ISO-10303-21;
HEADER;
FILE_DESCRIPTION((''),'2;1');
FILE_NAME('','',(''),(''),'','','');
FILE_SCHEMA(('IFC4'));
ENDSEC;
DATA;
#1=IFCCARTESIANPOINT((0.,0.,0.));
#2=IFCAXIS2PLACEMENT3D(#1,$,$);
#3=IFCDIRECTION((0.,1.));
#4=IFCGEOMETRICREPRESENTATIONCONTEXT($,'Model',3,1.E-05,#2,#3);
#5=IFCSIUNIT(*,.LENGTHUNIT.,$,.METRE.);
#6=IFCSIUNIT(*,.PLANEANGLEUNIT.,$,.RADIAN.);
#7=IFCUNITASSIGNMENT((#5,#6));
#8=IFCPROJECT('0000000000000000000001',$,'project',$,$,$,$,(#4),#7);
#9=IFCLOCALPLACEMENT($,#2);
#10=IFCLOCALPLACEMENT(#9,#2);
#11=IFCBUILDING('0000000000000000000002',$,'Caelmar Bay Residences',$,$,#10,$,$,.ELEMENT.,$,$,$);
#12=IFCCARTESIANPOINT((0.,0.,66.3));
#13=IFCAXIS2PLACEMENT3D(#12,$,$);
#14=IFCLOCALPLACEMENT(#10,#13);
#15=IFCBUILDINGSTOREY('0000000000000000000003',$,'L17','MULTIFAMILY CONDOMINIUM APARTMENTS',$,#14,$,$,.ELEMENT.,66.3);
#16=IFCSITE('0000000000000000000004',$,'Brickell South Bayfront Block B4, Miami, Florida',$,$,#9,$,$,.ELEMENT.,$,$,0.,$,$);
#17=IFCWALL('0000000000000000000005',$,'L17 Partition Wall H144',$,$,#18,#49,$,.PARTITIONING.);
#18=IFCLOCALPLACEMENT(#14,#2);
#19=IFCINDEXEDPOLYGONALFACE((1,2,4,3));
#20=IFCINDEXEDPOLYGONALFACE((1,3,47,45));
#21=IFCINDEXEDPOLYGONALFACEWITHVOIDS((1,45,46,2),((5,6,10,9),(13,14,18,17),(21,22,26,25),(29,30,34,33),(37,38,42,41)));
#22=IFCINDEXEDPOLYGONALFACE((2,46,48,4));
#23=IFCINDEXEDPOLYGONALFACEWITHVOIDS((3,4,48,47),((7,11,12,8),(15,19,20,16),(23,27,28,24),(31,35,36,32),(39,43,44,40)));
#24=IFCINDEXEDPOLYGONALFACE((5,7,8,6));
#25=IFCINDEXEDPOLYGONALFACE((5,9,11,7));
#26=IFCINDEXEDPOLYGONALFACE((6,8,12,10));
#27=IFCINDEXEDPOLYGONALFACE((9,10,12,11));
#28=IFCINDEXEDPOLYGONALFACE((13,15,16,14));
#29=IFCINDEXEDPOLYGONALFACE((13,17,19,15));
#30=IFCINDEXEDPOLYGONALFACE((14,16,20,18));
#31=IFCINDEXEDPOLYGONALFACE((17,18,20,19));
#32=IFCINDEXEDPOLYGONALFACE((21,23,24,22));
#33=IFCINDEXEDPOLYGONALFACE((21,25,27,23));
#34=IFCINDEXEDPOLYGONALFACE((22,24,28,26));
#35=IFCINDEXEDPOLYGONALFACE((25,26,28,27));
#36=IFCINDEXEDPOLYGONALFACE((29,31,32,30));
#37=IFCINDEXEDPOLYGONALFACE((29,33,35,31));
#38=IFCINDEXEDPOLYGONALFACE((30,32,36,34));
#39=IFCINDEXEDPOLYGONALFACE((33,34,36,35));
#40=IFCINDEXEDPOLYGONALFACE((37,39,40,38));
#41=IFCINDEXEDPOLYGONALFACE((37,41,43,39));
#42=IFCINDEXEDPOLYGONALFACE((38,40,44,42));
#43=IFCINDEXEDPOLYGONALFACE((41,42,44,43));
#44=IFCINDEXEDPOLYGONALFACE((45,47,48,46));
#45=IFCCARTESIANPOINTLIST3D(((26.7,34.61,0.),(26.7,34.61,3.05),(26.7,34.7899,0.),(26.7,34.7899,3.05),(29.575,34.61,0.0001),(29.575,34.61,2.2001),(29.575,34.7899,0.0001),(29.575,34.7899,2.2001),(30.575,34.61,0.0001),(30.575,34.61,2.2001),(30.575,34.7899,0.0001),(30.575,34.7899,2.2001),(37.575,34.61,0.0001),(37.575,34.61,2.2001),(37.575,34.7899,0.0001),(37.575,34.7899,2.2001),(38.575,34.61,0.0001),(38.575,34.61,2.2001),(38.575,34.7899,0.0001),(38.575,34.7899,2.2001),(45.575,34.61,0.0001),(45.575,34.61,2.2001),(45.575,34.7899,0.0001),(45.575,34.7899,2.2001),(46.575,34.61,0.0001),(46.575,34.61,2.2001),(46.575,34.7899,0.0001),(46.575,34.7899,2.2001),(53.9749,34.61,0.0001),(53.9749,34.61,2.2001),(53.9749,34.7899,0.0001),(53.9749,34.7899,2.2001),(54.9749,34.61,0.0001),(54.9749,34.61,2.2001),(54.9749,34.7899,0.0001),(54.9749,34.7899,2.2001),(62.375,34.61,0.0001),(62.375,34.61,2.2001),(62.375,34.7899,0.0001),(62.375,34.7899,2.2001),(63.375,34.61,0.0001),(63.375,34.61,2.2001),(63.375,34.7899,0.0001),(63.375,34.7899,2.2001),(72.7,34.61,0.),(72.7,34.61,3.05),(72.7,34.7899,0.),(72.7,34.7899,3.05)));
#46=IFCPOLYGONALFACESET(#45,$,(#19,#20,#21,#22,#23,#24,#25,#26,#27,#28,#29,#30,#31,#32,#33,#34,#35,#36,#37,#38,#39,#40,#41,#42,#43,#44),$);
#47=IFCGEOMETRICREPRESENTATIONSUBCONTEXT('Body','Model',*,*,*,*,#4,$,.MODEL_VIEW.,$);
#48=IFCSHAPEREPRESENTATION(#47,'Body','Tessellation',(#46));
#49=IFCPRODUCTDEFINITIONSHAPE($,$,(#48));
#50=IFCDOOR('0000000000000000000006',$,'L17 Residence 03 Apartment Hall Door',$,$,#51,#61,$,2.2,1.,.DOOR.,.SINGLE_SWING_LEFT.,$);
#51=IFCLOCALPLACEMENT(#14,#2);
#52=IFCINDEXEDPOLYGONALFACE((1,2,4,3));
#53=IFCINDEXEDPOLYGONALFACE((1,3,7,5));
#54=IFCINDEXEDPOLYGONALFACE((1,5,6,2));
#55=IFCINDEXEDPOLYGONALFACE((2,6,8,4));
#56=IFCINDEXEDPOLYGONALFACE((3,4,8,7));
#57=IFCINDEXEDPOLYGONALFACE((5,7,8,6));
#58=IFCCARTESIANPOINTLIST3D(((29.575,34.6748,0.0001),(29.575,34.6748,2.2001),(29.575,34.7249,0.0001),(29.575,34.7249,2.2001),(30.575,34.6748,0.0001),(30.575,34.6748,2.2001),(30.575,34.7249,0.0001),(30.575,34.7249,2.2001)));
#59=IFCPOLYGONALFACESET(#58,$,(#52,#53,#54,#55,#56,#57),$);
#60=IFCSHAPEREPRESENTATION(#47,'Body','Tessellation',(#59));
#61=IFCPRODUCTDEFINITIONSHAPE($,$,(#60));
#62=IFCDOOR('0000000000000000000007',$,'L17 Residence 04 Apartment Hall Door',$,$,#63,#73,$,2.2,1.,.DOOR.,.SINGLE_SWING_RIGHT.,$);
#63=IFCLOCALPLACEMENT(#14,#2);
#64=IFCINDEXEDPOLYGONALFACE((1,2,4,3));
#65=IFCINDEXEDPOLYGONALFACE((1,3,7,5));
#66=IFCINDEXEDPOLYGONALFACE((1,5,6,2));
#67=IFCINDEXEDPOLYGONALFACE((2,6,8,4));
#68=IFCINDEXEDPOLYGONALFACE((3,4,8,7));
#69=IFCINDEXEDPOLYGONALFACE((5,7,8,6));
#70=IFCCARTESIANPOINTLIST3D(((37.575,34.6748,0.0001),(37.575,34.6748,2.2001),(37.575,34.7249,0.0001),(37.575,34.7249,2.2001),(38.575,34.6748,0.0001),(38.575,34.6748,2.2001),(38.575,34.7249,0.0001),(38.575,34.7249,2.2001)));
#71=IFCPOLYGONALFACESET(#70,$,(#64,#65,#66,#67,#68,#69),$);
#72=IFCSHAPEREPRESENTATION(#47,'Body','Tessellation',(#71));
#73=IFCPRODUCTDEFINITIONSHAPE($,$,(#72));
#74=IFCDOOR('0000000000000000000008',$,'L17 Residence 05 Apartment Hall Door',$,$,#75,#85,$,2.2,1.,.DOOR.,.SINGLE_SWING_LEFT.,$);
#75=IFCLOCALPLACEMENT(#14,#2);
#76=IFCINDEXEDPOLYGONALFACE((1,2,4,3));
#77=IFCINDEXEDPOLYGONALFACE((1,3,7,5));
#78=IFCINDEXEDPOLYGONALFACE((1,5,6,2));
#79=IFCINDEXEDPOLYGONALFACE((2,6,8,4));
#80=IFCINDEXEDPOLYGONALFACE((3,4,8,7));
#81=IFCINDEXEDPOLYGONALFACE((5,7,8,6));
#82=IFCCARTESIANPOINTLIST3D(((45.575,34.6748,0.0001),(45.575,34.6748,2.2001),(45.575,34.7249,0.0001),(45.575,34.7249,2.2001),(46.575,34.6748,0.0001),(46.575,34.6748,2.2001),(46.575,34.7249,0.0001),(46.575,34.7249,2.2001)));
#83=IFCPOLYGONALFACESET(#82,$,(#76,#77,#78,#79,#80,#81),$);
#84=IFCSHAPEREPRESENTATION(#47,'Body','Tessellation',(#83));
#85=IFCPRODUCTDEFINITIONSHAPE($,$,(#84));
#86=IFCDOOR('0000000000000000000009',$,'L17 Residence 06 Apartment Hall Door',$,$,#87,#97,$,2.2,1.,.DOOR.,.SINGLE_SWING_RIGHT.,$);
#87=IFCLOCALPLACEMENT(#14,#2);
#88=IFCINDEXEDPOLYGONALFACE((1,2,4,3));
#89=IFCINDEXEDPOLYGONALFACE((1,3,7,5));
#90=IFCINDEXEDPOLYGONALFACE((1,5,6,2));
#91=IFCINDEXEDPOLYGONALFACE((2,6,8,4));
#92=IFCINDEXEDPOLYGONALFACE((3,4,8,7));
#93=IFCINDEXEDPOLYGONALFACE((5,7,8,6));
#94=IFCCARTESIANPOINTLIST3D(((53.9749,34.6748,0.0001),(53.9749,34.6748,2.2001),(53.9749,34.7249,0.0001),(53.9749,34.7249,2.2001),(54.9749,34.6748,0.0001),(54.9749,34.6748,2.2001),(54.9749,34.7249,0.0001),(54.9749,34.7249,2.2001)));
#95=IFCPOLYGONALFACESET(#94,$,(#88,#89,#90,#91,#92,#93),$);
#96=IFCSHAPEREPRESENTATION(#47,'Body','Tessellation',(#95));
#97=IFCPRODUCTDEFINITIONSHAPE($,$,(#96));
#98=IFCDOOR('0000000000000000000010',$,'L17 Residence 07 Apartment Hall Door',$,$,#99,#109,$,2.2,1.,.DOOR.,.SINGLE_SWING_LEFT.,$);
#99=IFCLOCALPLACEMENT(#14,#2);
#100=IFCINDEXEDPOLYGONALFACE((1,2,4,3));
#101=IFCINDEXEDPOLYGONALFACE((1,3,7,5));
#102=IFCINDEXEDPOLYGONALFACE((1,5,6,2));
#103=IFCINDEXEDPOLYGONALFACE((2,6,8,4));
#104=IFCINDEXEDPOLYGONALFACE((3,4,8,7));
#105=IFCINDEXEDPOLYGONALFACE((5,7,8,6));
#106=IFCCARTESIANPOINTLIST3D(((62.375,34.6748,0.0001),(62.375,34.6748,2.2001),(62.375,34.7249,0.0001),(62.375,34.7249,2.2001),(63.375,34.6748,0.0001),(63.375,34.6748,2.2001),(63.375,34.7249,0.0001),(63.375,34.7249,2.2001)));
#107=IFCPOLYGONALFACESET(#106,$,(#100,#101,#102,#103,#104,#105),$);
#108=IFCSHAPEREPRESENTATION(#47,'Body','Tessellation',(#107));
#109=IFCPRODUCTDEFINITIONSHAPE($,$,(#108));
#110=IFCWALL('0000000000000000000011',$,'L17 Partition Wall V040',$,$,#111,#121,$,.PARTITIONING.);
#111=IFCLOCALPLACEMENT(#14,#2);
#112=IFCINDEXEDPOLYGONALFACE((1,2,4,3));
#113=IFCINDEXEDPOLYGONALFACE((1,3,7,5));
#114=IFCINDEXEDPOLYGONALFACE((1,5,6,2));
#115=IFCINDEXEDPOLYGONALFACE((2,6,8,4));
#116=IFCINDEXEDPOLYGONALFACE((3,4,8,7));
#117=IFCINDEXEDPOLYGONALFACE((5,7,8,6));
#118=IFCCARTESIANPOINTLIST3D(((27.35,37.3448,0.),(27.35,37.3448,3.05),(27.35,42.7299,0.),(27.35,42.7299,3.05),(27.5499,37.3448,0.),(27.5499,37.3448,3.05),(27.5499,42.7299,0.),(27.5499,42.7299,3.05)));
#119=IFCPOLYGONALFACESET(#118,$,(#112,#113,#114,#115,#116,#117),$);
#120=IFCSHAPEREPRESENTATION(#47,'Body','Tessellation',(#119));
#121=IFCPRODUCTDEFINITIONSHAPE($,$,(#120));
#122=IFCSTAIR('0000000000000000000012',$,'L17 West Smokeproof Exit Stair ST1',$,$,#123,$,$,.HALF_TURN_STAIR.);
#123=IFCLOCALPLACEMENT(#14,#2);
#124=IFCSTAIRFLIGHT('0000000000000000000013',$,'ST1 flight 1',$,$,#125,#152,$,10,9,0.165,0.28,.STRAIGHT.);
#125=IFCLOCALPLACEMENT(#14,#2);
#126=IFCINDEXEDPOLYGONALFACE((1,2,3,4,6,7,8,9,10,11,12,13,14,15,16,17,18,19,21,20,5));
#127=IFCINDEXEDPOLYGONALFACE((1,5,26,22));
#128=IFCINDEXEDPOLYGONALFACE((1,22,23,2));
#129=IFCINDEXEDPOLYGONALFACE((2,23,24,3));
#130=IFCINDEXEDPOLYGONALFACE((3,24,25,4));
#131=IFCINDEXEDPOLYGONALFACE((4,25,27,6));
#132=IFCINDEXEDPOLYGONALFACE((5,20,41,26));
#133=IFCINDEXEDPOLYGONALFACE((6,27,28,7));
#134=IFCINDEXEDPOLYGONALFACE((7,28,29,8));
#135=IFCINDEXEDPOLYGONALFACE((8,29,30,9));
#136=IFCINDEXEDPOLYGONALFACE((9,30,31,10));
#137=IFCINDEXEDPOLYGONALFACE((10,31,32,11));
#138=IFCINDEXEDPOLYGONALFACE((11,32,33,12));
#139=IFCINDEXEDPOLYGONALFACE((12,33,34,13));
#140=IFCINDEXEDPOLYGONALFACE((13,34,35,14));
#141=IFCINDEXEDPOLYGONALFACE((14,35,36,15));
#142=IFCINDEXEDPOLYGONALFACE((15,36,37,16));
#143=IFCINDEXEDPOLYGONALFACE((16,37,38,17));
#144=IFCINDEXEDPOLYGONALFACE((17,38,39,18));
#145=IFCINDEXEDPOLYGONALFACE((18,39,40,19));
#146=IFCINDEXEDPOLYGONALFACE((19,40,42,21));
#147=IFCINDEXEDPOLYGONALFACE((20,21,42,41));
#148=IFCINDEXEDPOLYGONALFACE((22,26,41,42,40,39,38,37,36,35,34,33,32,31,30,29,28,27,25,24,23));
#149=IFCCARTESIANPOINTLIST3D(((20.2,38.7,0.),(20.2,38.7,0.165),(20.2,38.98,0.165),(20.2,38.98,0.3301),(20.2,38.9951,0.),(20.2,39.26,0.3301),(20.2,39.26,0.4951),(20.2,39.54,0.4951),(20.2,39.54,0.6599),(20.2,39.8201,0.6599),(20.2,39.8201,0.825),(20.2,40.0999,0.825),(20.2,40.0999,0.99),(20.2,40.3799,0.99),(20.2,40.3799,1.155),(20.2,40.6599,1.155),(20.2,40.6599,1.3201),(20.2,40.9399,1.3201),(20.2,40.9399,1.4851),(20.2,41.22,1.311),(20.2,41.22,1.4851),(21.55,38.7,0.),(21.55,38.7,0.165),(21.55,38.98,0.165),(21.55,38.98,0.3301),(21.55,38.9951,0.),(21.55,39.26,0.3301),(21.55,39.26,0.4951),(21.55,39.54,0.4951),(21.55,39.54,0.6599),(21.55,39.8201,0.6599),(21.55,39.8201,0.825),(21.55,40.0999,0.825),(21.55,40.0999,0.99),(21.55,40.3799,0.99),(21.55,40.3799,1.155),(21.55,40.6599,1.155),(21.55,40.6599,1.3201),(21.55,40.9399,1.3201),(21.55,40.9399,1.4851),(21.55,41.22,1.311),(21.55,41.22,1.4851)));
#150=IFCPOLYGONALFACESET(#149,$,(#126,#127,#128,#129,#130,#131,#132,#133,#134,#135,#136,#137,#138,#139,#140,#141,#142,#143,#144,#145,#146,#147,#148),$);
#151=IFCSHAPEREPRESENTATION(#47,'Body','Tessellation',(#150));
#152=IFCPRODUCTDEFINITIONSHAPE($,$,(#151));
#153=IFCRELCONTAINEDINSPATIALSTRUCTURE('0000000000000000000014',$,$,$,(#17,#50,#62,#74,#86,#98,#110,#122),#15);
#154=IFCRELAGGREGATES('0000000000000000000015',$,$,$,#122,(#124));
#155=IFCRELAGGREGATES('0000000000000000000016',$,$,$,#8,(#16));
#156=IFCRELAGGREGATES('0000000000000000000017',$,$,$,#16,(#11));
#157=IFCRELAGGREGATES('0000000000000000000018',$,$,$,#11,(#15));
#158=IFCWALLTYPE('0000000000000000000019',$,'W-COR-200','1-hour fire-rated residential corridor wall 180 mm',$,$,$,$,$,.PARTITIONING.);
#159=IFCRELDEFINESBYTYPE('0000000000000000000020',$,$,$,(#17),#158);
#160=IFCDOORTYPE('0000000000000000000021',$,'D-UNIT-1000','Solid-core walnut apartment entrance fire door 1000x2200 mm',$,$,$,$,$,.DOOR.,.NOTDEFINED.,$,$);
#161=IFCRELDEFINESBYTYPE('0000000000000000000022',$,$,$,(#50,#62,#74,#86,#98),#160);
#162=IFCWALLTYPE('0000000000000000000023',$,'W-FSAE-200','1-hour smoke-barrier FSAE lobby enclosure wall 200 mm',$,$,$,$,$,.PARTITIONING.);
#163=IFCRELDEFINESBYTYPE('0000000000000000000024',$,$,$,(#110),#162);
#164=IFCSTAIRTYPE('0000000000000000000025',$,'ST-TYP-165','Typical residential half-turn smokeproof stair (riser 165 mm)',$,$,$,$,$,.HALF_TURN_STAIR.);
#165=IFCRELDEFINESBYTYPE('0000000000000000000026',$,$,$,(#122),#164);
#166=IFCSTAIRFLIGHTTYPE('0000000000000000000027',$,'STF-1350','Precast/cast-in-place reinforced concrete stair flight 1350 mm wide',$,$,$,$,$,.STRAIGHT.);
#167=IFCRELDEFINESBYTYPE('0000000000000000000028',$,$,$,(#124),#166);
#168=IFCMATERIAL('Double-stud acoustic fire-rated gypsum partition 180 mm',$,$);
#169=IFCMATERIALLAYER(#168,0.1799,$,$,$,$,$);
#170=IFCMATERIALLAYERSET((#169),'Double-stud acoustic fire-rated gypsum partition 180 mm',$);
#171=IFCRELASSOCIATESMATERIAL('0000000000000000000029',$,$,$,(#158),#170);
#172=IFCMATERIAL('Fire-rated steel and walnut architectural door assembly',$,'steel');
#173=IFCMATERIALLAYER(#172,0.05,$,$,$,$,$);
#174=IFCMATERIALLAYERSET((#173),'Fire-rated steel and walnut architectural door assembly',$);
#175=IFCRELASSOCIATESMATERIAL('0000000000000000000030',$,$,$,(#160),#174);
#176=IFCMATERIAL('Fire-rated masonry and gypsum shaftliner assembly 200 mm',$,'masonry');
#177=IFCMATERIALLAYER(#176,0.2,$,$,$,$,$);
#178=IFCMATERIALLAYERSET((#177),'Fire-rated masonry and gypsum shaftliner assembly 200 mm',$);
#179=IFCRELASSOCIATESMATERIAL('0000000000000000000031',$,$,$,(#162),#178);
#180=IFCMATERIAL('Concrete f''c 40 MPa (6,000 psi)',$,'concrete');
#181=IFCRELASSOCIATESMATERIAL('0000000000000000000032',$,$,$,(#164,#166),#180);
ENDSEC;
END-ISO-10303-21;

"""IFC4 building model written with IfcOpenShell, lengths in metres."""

from ifc_helpers import new_model, si_unit, direction, frame, frame_2d, origin, place, context, subcontext, project, spatial, polyline, rectangle, outline, extrude, material, layer, layer_set, type_object, element, fill, aggregate, save


model = new_model("IFC4")

# Units and contexts
model_context = context("Model", 3, precision=1e-05, world=origin(), true_north=direction((0.0, 1.0)))
body_context = subcontext(model_context, "Body", "Model", "MODEL_VIEW")
ifc_project = project(units=[si_unit("LENGTHUNIT", "METRE"), si_unit("PLANEANGLEUNIT", "RADIAN")], contexts=[model_context])

# Site, building, storey
site_placement = place(None, origin())
site = spatial("IfcSite", under=ifc_project, at=site_placement, Name="Brickell South Bayfront Block B4, Miami, Florida", CompositionType="ELEMENT", RefElevation=0.0)
building_placement = place(site_placement, origin())
building = spatial("IfcBuilding", under=site, at=building_placement, Name="Caelmar Bay Residences", CompositionType="ELEMENT")
storey_placement = place(building_placement, frame((0.0, 0.0, 66.3)))
storey = spatial("IfcBuildingStorey", under=building, at=storey_placement, Name="L17", Description="MULTIFAMILY CONDOMINIUM APARTMENTS", CompositionType="ELEMENT", Elevation=66.3)

# Shared definitions
ifc_material_1 = material(Name="Fire-rated steel and walnut architectural door assembly", Category="steel")

# Wall, openings, doors
ifc_material_2 = material(Name="Double-stud acoustic fire-rated gypsum partition 180 mm")
ifc_layer_1 = layer(ifc_material_2, 0.1799)
ifc_layer_set_1 = layer_set([ifc_layer_1], Name="Double-stud acoustic fire-rated gypsum partition 180 mm")
wall_type_1 = type_object("IfcWallType", Name="W-COR-200", Description="1-hour fire-rated residential corridor wall 180 mm", PredefinedType="PARTITIONING", material=ifc_layer_set_1)
wall_1_placement = place(storey_placement, frame((26.7, 34.7, 0.0), z_axis=(0.0, 0.0, 1.0), x_axis=(1.0, 0.0, 0.0)))
wall_1 = element("IfcWall", 1, at=wall_1_placement, inside=storey, type_object=wall_type_1, Name="L17 Partition Wall H144", PredefinedType="PARTITIONING", context=body_context, shape_type="SweptSolid", body=[
    extrude(rectangle(XDim=46.0, YDim=0.1799, at=frame_2d((23.0, 0.0))), origin(), (0.0, 0.0, 1.0), 3.05),
])
opening_1_placement = place(wall_1_placement, frame((2.875, 0.0, 0.0)))
opening_1 = element("IfcOpeningElement", 2, at=opening_1_placement, cuts=wall_1, PredefinedType="OPENING", context=body_context, shape_type="SweptSolid", body=[
    extrude(rectangle(XDim=1.0, YDim=2.2, at=frame_2d((0.5, 1.1001))), frame((0.0, 0.0999, 0.0), z_axis=(0.0, -1.0, 0.0), x_axis=(1.0, 0.0, 0.0)), (0.0, 0.0, 1.0), 0.2),
])
opening_2_placement = place(wall_1_placement, frame((10.875, 0.0, 0.0)))
opening_2 = element("IfcOpeningElement", 3, at=opening_2_placement, cuts=wall_1, PredefinedType="OPENING", context=body_context, shape_type="SweptSolid", body=[
    extrude(rectangle(XDim=1.0, YDim=2.2, at=frame_2d((0.5, 1.1001))), frame((0.0, 0.0999, 0.0), z_axis=(0.0, -1.0, 0.0), x_axis=(1.0, 0.0, 0.0)), (0.0, 0.0, 1.0), 0.2),
])
opening_3_placement = place(wall_1_placement, frame((18.875, 0.0, 0.0)))
opening_3 = element("IfcOpeningElement", 4, at=opening_3_placement, cuts=wall_1, PredefinedType="OPENING", context=body_context, shape_type="SweptSolid", body=[
    extrude(rectangle(XDim=1.0, YDim=2.2, at=frame_2d((0.5, 1.1001))), frame((0.0, 0.0999, 0.0), z_axis=(0.0, -1.0, 0.0), x_axis=(1.0, 0.0, 0.0)), (0.0, 0.0, 1.0), 0.2),
])
opening_4_placement = place(wall_1_placement, frame((27.2749, 0.0, 0.0)))
opening_4 = element("IfcOpeningElement", 5, at=opening_4_placement, cuts=wall_1, PredefinedType="OPENING", context=body_context, shape_type="SweptSolid", body=[
    extrude(rectangle(XDim=1.0, YDim=2.2, at=frame_2d((0.5, 1.1001))), frame((0.0, 0.0999, 0.0), z_axis=(0.0, -1.0, 0.0), x_axis=(1.0, 0.0, 0.0)), (0.0, 0.0, 1.0), 0.2),
])
opening_5_placement = place(wall_1_placement, frame((35.675, 0.0, 0.0)))
opening_5 = element("IfcOpeningElement", 6, at=opening_5_placement, cuts=wall_1, PredefinedType="OPENING", context=body_context, shape_type="SweptSolid", body=[
    extrude(rectangle(XDim=1.0, YDim=2.2, at=frame_2d((0.5, 1.1001))), frame((0.0, 0.0999, 0.0), z_axis=(0.0, -1.0, 0.0), x_axis=(1.0, 0.0, 0.0)), (0.0, 0.0, 1.0), 0.2),
])
ifc_layer_2 = layer(ifc_material_1, 0.05)
ifc_layer_set_2 = layer_set([ifc_layer_2], Name="Fire-rated steel and walnut architectural door assembly")
door_type_1 = type_object("IfcDoorType", Name="D-UNIT-1000", Description="Solid-core walnut apartment entrance fire door 1000x2200 mm", OperationType="NOTDEFINED", PredefinedType="DOOR", material=ifc_layer_set_2)
door_1_placement = place(opening_1_placement, origin())
door_1 = element("IfcDoor", 7, at=door_1_placement, inside=storey, type_object=door_type_1, Name="L17 Residence 03 Apartment Hall Door", OperationType="SINGLE_SWING_LEFT", OverallHeight=2.2, OverallWidth=1.0, PredefinedType="DOOR", context=body_context, shape_type="SweptSolid", body=[
    extrude(rectangle(XDim=1.0, YDim=2.2, at=frame_2d((0.5, 1.1001))), frame((0.0, 0.0249, 0.0), z_axis=(0.0, -1.0, 0.0), x_axis=(1.0, 0.0, 0.0)), (0.0, 0.0, 1.0), 0.05),
])
fill(opening_1, door_1)
door_2_placement = place(opening_2_placement, origin())
door_2 = element("IfcDoor", 8, at=door_2_placement, inside=storey, type_object=door_type_1, Name="L17 Residence 04 Apartment Hall Door", OperationType="SINGLE_SWING_RIGHT", OverallHeight=2.2, OverallWidth=1.0, PredefinedType="DOOR", context=body_context, shape_type="SweptSolid", body=[
    extrude(rectangle(XDim=1.0, YDim=2.2, at=frame_2d((0.5, 1.1001))), frame((0.0, 0.0249, 0.0), z_axis=(0.0, -1.0, 0.0), x_axis=(1.0, 0.0, 0.0)), (0.0, 0.0, 1.0), 0.05),
])
fill(opening_2, door_2)
door_3_placement = place(opening_3_placement, origin())
door_3 = element("IfcDoor", 9, at=door_3_placement, inside=storey, type_object=door_type_1, Name="L17 Residence 05 Apartment Hall Door", OperationType="SINGLE_SWING_LEFT", OverallHeight=2.2, OverallWidth=1.0, PredefinedType="DOOR", context=body_context, shape_type="SweptSolid", body=[
    extrude(rectangle(XDim=1.0, YDim=2.2, at=frame_2d((0.5, 1.1001))), frame((0.0, 0.0249, 0.0), z_axis=(0.0, -1.0, 0.0), x_axis=(1.0, 0.0, 0.0)), (0.0, 0.0, 1.0), 0.05),
])
fill(opening_3, door_3)
door_4_placement = place(opening_4_placement, origin())
door_4 = element("IfcDoor", 10, at=door_4_placement, inside=storey, type_object=door_type_1, Name="L17 Residence 06 Apartment Hall Door", OperationType="SINGLE_SWING_RIGHT", OverallHeight=2.2, OverallWidth=1.0, PredefinedType="DOOR", context=body_context, shape_type="SweptSolid", body=[
    extrude(rectangle(XDim=1.0, YDim=2.2, at=frame_2d((0.5, 1.1001))), frame((0.0, 0.0249, 0.0), z_axis=(0.0, -1.0, 0.0), x_axis=(1.0, 0.0, 0.0)), (0.0, 0.0, 1.0), 0.05),
])
fill(opening_4, door_4)
door_5_placement = place(opening_5_placement, origin())
door_5 = element("IfcDoor", 11, at=door_5_placement, inside=storey, type_object=door_type_1, Name="L17 Residence 07 Apartment Hall Door", OperationType="SINGLE_SWING_LEFT", OverallHeight=2.2, OverallWidth=1.0, PredefinedType="DOOR", context=body_context, shape_type="SweptSolid", body=[
    extrude(rectangle(XDim=1.0, YDim=2.2, at=frame_2d((0.5, 1.1001))), frame((0.0, 0.0249, 0.0), z_axis=(0.0, -1.0, 0.0), x_axis=(1.0, 0.0, 0.0)), (0.0, 0.0, 1.0), 0.05),
])
fill(opening_5, door_5)

# Wall
ifc_material_3 = material(Name="Fire-rated masonry and gypsum shaftliner assembly 200 mm", Category="masonry")
ifc_layer_3 = layer(ifc_material_3, 0.2)
ifc_layer_set_3 = layer_set([ifc_layer_3], Name="Fire-rated masonry and gypsum shaftliner assembly 200 mm")
wall_type_2 = type_object("IfcWallType", Name="W-FSAE-200", Description="1-hour smoke-barrier FSAE lobby enclosure wall 200 mm", PredefinedType="PARTITIONING", material=ifc_layer_set_3)
wall_2_placement = place(storey_placement, frame((27.45, 37.345, 0.0), z_axis=(0.0, 0.0, 1.0), x_axis=(0.0, 1.0, 0.0)))
element("IfcWall", 12, at=wall_2_placement, inside=storey, type_object=wall_type_2, Name="L17 Partition Wall V040", PredefinedType="PARTITIONING", context=body_context, shape_type="SweptSolid", body=[
    extrude(rectangle(XDim=5.385, YDim=0.2, at=frame_2d((2.6924, 0.0))), origin(), (0.0, 0.0, 1.0), 3.05),
])

# Stair, stair flight
ifc_material_4 = material(Name="Concrete f'c 40 MPa (6,000 psi)", Category="concrete")
stair_type = type_object("IfcStairType", Name="ST-TYP-165", Description="Typical residential half-turn smokeproof stair (riser 165 mm)", PredefinedType="HALF_TURN_STAIR", material=ifc_material_4)
stair_1_placement = place(storey_placement, origin())
stair_1 = element("IfcStair", 13, at=stair_1_placement, inside=storey, type_object=stair_type, Name="L17 West Smokeproof Exit Stair ST1", PredefinedType="HALF_TURN_STAIR")
stair_flight_type = type_object("IfcStairFlightType", Name="STF-1350", Description="Precast/cast-in-place reinforced concrete stair flight 1350 mm wide", PredefinedType="STRAIGHT", material=ifc_material_4)
stair_flight_1_placement = place(storey_placement, frame((20.875, 38.7, 0.0), z_axis=(0.0, 0.0, 1.0), x_axis=(0.0, 1.0, 0.0)))
stair_flight_1 = element("IfcStairFlight", 14, at=stair_flight_1_placement, type_object=stair_flight_type, Name="ST1 flight 1", NumberOfRisers=10, NumberOfTreads=9, PredefinedType="STRAIGHT", RiserHeight=0.165, TreadLength=0.28, context=body_context, shape_type="SweptSolid", body=[
    extrude(outline(polyline([(0.0, 0.0), (0.0, 0.165), (0.28, 0.165), (0.28, 0.3301), (0.5601, 0.3301), (0.5601, 0.4951), (0.8401, 0.4951), (0.8401, 0.6599), (1.1201, 0.6599), (1.1201, 0.825), (1.3999, 0.825), (1.3999, 0.99), (1.6799, 0.99), (1.6799, 1.155), (1.96, 1.155), (1.96, 1.3201), (2.24, 1.3201), (2.24, 1.4851), (2.52, 1.4851), (2.52, 1.6499), (2.52, 1.311), (0.2952, 0.0), (0.0, 0.0)])), frame((0.0, 0.675, 0.0), z_axis=(0.0, -1.0, 0.0), x_axis=(1.0, 0.0, 0.0)), (0.0, 0.0, 1.0), 1.3501),
])
aggregate(stair_1, [stair_flight_1])

save(model, "model.ifc")
